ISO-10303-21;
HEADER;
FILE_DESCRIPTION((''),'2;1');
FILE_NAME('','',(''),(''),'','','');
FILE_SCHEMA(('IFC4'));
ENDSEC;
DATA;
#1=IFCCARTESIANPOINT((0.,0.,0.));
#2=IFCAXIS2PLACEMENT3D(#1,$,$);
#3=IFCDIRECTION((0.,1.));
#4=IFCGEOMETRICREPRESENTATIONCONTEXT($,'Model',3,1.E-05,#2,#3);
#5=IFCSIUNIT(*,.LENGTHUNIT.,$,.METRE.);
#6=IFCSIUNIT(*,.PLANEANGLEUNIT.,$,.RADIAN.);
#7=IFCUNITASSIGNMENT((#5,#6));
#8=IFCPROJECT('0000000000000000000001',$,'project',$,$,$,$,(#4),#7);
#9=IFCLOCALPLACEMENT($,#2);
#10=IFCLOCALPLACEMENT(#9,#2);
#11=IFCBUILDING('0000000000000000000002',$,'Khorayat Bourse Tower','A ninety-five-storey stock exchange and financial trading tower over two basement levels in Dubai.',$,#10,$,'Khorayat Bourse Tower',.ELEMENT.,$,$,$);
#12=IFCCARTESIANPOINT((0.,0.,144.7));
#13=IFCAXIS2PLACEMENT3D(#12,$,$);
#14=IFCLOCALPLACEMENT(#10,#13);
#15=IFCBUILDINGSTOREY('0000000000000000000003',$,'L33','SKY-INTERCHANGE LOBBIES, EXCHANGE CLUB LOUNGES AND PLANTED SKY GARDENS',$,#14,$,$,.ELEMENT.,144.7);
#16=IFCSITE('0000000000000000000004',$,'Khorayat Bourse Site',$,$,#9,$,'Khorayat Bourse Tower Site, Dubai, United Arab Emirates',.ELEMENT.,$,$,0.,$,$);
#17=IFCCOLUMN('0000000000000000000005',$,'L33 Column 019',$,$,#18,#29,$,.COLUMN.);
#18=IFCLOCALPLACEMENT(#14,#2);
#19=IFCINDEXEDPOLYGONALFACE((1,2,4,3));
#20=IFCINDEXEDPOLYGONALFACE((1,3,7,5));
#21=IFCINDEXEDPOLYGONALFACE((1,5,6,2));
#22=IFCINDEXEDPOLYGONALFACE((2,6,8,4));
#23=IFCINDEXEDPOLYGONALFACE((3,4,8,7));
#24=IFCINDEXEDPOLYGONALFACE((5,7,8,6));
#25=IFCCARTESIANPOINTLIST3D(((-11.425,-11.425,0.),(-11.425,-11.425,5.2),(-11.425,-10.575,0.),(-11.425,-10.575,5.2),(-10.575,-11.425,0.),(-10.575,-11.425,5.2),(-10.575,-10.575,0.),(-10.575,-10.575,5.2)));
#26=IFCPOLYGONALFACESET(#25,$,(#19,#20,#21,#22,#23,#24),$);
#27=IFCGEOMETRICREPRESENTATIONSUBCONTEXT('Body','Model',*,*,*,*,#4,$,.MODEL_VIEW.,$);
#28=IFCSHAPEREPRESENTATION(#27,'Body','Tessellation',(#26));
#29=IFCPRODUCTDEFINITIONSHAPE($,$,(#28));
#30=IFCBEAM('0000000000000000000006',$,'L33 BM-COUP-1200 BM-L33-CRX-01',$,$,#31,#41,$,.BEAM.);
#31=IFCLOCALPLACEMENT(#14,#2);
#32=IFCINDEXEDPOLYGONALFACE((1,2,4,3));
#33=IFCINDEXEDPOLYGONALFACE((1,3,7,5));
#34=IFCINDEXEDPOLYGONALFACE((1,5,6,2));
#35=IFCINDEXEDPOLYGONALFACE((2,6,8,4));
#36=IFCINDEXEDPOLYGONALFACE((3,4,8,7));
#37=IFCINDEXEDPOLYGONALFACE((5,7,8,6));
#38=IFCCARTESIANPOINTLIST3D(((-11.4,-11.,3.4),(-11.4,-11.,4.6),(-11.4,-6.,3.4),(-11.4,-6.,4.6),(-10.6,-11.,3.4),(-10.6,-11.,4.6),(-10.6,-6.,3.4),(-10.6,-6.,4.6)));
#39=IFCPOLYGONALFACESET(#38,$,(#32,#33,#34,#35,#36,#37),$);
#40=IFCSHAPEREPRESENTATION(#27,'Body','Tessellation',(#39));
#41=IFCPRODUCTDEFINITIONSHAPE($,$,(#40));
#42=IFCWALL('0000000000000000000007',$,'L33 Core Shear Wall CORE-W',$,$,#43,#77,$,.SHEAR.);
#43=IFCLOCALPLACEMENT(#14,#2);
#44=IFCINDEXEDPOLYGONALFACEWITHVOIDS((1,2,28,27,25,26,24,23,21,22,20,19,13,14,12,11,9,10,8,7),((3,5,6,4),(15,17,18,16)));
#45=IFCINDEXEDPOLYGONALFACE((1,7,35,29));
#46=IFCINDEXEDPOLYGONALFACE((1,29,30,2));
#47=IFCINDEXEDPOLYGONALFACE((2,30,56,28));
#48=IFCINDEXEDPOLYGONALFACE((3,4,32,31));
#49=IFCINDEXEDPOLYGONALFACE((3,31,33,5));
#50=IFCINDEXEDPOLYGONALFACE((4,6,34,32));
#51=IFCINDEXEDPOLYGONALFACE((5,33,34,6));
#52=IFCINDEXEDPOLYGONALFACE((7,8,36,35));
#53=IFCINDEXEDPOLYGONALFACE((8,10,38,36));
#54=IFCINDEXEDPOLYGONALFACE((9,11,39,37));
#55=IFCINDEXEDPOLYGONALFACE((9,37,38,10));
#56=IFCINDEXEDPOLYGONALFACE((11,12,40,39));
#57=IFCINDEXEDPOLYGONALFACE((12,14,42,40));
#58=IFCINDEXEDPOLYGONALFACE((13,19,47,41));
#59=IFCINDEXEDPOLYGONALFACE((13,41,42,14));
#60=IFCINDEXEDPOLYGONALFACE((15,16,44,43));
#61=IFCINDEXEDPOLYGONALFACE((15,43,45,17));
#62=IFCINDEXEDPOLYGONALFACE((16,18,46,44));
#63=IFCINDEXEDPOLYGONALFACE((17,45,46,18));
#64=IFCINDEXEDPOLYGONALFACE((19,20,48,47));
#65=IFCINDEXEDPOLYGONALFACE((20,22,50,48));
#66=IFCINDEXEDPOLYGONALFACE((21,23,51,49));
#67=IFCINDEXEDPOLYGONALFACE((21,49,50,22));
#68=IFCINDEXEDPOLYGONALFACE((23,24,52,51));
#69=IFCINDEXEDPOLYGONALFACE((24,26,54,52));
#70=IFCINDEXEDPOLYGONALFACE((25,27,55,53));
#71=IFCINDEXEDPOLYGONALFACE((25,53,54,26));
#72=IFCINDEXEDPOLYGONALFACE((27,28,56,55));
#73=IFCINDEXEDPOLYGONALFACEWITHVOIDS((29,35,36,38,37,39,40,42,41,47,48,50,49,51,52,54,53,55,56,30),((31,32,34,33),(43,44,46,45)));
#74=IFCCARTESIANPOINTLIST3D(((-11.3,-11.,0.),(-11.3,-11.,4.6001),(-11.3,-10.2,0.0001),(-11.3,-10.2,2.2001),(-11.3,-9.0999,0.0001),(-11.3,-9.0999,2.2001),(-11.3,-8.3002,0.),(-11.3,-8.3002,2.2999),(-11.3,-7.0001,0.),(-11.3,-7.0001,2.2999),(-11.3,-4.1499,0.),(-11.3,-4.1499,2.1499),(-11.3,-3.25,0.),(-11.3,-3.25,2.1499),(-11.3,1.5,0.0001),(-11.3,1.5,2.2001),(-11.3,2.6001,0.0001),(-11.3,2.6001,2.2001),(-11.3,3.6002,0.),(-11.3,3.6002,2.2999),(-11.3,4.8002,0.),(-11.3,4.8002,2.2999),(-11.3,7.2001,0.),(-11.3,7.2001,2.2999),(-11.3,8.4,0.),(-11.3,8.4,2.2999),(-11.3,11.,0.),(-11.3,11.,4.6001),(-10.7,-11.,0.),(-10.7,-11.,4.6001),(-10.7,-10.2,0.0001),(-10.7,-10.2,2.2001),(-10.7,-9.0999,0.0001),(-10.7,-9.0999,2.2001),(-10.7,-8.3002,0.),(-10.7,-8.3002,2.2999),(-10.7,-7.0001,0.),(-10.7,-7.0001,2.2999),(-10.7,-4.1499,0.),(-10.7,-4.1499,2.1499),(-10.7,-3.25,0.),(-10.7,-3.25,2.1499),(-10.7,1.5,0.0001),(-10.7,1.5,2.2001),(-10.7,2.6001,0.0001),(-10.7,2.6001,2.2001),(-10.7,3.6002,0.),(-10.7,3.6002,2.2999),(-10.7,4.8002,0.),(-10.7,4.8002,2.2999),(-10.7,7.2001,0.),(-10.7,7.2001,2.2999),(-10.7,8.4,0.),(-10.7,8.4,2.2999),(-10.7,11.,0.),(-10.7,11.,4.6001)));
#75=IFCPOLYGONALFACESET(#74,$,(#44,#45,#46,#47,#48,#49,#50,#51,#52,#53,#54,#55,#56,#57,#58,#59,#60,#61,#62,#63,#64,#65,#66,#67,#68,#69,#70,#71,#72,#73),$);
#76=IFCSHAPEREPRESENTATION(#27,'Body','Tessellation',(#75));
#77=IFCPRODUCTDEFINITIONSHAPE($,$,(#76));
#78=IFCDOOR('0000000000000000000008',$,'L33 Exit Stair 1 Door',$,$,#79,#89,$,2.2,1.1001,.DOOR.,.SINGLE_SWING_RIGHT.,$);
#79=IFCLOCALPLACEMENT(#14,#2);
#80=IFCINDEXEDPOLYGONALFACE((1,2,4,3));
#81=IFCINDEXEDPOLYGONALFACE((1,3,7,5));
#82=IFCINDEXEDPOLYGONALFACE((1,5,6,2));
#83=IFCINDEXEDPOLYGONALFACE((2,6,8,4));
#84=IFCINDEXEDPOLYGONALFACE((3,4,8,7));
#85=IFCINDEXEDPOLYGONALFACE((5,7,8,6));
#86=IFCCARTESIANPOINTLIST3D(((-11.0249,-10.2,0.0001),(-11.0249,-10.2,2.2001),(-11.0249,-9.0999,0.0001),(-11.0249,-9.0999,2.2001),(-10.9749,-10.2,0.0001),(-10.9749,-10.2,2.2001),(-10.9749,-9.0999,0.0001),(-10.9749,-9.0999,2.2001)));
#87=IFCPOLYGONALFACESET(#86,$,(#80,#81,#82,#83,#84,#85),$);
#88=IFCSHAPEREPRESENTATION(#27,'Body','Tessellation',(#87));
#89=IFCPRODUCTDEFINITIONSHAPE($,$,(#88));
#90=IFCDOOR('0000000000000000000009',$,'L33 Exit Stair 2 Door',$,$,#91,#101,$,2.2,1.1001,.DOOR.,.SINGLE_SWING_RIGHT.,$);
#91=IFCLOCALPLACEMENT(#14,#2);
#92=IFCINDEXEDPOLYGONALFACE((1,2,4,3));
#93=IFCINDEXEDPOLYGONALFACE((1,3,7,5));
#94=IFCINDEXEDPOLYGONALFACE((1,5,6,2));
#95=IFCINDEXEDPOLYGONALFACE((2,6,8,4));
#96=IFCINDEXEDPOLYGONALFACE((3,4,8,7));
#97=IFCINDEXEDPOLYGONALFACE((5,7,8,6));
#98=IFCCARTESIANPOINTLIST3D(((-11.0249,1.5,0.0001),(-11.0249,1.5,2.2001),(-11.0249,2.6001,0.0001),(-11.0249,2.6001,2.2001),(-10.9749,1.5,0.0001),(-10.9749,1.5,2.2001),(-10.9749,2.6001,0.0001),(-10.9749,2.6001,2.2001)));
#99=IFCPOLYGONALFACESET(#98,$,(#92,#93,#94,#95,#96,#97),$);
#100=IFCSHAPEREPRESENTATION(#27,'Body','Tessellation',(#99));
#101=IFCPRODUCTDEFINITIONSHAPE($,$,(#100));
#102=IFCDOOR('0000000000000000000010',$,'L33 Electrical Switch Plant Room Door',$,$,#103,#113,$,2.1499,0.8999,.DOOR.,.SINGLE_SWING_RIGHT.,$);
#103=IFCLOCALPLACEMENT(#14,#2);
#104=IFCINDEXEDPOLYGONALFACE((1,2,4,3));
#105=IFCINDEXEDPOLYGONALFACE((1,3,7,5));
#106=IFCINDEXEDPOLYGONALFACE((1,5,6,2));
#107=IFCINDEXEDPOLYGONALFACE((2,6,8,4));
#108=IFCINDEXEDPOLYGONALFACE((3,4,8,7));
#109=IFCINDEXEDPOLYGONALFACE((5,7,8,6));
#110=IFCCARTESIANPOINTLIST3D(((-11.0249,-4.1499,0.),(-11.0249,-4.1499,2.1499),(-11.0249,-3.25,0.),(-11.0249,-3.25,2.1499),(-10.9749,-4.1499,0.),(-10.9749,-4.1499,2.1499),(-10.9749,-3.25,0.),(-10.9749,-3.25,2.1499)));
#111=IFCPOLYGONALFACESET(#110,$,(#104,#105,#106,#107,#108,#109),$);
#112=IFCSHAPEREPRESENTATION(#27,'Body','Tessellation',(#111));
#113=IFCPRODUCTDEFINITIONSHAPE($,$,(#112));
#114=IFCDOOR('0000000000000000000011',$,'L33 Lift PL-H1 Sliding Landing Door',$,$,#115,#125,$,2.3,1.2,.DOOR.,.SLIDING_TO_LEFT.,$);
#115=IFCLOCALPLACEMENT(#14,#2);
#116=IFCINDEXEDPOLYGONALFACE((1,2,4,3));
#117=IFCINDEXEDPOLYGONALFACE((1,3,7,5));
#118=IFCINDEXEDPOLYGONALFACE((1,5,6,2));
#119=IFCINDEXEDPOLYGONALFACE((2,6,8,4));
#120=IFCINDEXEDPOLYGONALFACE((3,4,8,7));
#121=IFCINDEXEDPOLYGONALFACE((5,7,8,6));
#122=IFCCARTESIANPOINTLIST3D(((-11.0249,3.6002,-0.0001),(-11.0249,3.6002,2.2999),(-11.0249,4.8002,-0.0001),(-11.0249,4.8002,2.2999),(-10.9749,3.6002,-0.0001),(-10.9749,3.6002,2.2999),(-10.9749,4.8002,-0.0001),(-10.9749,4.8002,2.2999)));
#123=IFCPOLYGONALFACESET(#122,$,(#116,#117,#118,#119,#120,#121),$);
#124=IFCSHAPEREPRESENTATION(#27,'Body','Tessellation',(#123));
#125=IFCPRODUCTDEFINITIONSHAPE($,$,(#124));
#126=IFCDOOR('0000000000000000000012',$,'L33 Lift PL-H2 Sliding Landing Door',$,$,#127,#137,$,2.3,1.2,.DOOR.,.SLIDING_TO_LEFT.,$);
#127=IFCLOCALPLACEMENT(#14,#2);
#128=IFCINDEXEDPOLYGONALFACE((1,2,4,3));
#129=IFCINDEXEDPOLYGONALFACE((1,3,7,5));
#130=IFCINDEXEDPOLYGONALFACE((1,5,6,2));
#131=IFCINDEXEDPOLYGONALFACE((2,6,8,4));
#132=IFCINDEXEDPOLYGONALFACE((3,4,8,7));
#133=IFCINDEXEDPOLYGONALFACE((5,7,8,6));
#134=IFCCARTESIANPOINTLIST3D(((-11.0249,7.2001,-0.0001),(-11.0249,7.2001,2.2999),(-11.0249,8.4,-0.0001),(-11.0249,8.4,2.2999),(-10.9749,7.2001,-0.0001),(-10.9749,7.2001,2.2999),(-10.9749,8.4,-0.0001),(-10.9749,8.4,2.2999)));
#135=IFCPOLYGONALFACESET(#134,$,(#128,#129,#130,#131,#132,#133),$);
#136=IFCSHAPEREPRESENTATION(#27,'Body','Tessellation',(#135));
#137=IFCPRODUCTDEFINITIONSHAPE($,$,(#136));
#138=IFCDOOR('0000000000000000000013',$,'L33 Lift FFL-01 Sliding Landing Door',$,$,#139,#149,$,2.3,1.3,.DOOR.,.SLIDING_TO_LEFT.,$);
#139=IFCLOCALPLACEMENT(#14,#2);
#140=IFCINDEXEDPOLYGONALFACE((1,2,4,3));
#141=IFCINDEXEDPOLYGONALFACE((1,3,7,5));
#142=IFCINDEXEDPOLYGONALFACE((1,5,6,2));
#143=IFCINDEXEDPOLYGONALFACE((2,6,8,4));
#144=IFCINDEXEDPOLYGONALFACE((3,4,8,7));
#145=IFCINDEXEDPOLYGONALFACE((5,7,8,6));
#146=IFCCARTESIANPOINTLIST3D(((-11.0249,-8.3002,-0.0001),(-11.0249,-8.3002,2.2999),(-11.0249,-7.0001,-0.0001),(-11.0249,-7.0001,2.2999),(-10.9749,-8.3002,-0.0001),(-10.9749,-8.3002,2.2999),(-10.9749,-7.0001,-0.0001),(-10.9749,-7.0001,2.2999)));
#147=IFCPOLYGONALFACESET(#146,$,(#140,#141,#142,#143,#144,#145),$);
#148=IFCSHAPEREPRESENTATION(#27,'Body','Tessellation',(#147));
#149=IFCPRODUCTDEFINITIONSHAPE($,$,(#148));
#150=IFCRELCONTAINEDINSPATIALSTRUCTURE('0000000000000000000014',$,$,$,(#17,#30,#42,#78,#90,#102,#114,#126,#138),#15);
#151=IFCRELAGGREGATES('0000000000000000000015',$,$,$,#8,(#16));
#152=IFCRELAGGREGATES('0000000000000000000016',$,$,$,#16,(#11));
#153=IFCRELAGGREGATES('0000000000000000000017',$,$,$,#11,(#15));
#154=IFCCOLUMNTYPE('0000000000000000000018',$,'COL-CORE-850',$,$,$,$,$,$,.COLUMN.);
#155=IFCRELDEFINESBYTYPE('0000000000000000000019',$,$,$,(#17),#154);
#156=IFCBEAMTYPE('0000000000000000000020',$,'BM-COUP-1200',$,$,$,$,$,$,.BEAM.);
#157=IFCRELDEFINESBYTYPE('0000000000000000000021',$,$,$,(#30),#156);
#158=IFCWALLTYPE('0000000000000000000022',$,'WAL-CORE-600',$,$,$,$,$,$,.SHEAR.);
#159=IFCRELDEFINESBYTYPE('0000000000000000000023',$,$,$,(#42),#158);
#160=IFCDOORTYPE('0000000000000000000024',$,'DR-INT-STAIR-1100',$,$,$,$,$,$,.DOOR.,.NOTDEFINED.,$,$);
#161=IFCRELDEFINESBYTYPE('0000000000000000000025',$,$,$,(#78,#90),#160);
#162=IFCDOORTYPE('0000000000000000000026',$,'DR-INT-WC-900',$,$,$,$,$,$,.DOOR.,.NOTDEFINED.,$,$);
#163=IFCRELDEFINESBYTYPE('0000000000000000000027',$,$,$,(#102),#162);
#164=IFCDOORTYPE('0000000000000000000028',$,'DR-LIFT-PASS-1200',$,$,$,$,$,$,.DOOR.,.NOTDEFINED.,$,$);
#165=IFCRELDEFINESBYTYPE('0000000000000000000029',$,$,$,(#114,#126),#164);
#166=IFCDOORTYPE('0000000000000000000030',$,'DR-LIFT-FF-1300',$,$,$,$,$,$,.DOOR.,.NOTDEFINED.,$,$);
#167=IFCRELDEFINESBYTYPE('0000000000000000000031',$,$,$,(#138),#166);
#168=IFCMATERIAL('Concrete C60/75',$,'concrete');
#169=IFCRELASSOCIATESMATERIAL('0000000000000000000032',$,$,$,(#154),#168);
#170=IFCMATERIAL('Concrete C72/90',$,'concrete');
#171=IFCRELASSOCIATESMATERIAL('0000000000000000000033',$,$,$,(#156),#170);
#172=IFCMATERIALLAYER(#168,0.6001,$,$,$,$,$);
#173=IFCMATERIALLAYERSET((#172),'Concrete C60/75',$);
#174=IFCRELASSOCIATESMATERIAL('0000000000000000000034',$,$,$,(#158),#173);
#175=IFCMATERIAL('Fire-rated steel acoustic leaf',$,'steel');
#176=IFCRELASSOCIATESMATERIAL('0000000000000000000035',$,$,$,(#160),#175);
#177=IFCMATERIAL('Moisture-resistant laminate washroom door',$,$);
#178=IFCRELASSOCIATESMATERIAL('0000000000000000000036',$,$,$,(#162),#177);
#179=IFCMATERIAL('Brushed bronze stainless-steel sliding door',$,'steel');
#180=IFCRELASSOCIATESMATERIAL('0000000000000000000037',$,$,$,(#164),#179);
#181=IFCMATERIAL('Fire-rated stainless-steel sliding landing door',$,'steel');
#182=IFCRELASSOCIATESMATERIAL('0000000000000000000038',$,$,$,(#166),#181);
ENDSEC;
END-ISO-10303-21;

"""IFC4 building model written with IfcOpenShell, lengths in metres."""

from ifc_helpers import new_model, si_unit, direction, frame, frame_2d, origin, origin_2d, place, context, subcontext, project, spatial, rectangle, extrude, source, transform, mapped, material, layer, layer_set, material_profile, profile_set, type_object, element, fill, save


model = new_model("IFC4")

# Units and contexts
model_context = context("Model", 3, precision=1e-05, world=origin(), true_north=direction((0.0, 1.0)))
body_context = subcontext(model_context, "Body", "Model", "MODEL_VIEW")
ifc_project = project(units=[si_unit("LENGTHUNIT", "METRE"), si_unit("PLANEANGLEUNIT", "RADIAN")], contexts=[model_context])

# Site, building, storey
site_placement = place(None, origin())
site = spatial("IfcSite", under=ifc_project, at=site_placement, Name="Khorayat Bourse Site", LongName="Khorayat Bourse Tower Site, Dubai, United Arab Emirates", CompositionType="ELEMENT", RefElevation=0.0)
building_placement = place(site_placement, origin())
building = spatial("IfcBuilding", under=site, at=building_placement, Name="Khorayat Bourse Tower", Description="A ninety-five-storey stock exchange and financial trading tower over two basement levels in Dubai.", LongName="Khorayat Bourse Tower", CompositionType="ELEMENT")
storey_placement = place(building_placement, frame((0.0, 0.0, 144.7)))
storey = spatial("IfcBuildingStorey", under=building, at=storey_placement, Name="L33", Description="SKY-INTERCHANGE LOBBIES, EXCHANGE CLUB LOUNGES AND PLANTED SKY GARDENS", CompositionType="ELEMENT", Elevation=144.7)

# Column
ifc_material_1 = material(Name="Concrete C60/75", Category="concrete")
ifc_material_profile_1 = material_profile(ifc_material_1, rectangle(XDim=0.8501, YDim=0.8501, at=origin_2d()), Name="RC 850x850")
ifc_profile_set_1 = profile_set([ifc_material_profile_1], Name="Concrete C60/75")
column_type = type_object("IfcColumnType", Name="COL-CORE-850", PredefinedType="COLUMN", material=ifc_profile_set_1)
shared_shape_1 = source(origin(), body_context, "Body", "SweptSolid", [
    extrude(rectangle(XDim=0.8501, YDim=0.8501, at=origin_2d()), origin(), (0.0, 0.0, 1.0), 5.2),
])
column_placement = place(storey_placement, frame((-11.0, -11.0, 0.0), z_axis=(0.0, 0.0, 1.0), x_axis=(1.0, 0.0, 0.0)))
element("IfcColumn", 1, at=column_placement, inside=storey, type_object=column_type, Name="L33 Column 019", PredefinedType="COLUMN", context=body_context, shape_type="MappedRepresentation", body=[
    mapped(shared_shape_1, transform((0.0, 0.0, 0.0), scale=1.0)),
])

# Beam
ifc_material_2 = material(Name="Concrete C72/90", Category="concrete")
ifc_material_profile_2 = material_profile(ifc_material_2, rectangle(XDim=0.8, YDim=1.2, at=origin_2d()), Name="RC 800x1200")
ifc_profile_set_2 = profile_set([ifc_material_profile_2], Name="Concrete C72/90")
beam_type = type_object("IfcBeamType", Name="BM-COUP-1200", PredefinedType="BEAM", material=ifc_profile_set_2)
shared_shape_2 = source(origin(), body_context, "Body", "SweptSolid", [
    extrude(rectangle(XDim=0.8, YDim=1.2, at=origin_2d()), origin(), (0.0, 0.0, 1.0), 5.0),
])
beam_placement = place(storey_placement, frame((-11.0, -11.0, 4.0), z_axis=(0.0, 1.0, 0.0), x_axis=(-1.0, 0.0, 0.0)))
element("IfcBeam", 2, at=beam_placement, inside=storey, type_object=beam_type, Name="L33 BM-COUP-1200 BM-L33-CRX-01", PredefinedType="BEAM", context=body_context, shape_type="MappedRepresentation", body=[
    mapped(shared_shape_2, transform((0.0, 0.0, 0.0), scale=1.0)),
])

# Wall, openings, doors
ifc_layer_1 = layer(ifc_material_1, 0.6001)
ifc_layer_set_1 = layer_set([ifc_layer_1], Name="Concrete C60/75")
wall_type_1 = type_object("IfcWallType", Name="WAL-CORE-600", PredefinedType="SHEAR", material=ifc_layer_set_1)
shared_shape_3 = source(origin(), body_context, "Body", "SweptSolid", [
    extrude(rectangle(XDim=22.0, YDim=0.6001, at=frame_2d((11.0, 0.0))), origin(), (0.0, 0.0, 1.0), 4.6001),
])
wall_1_placement = place(storey_placement, frame((-11.0, -11.0, 0.0), z_axis=(0.0, 0.0, 1.0), x_axis=(0.0, 1.0, 0.0)))
wall_1 = element("IfcWall", 3, at=wall_1_placement, inside=storey, type_object=wall_type_1, Name="L33 Core Shear Wall CORE-W", PredefinedType="SHEAR", context=body_context, shape_type="MappedRepresentation", body=[
    mapped(shared_shape_3, transform((0.0, 0.0, 0.0), scale=1.0)),
])
shared_shape_4 = source(origin(), body_context, "Body", "SweptSolid", [
    extrude(rectangle(XDim=1.1001, YDim=2.2, at=frame_2d((0.55, 1.1001))), frame((0.0, 0.3101, 0.0), z_axis=(0.0, -1.0, 0.0), x_axis=(1.0, 0.0, 0.0)), (0.0, 0.0, 1.0), 0.6201),
])
opening_1_placement = place(wall_1_placement, frame((0.8, 0.0, 0.0)))
opening_1 = element("IfcOpeningElement", 4, at=opening_1_placement, cuts=wall_1, PredefinedType="OPENING", context=body_context, shape_type="MappedRepresentation", body=[
    mapped(shared_shape_4, transform((0.0, 0.0, 0.0), scale=1.0)),
])
opening_2_placement = place(wall_1_placement, frame((12.5, 0.0, 0.0)))
opening_2 = element("IfcOpeningElement", 5, at=opening_2_placement, cuts=wall_1, PredefinedType="OPENING", context=body_context, shape_type="MappedRepresentation", body=[
    mapped(shared_shape_4, transform((0.0, 0.0, 0.0), scale=1.0)),
])
shared_shape_5 = source(origin(), body_context, "Body", "SweptSolid", [
    extrude(rectangle(XDim=0.8999, YDim=2.1499, at=frame_2d((0.45, 1.075))), frame((0.0, 0.3101, 0.0), z_axis=(0.0, -1.0, 0.0), x_axis=(1.0, 0.0, 0.0)), (0.0, 0.0, 1.0), 0.6201),
])
opening_3_placement = place(wall_1_placement, frame((6.8501, 0.0, 0.0)))
opening_3 = element("IfcOpeningElement", 6, at=opening_3_placement, cuts=wall_1, PredefinedType="OPENING", context=body_context, shape_type="MappedRepresentation", body=[
    mapped(shared_shape_5, transform((0.0, 0.0, 0.0), scale=1.0)),
])
shared_shape_6 = source(origin(), body_context, "Body", "SweptSolid", [
    extrude(rectangle(XDim=1.2, YDim=2.3, at=frame_2d((0.6001, 1.1499))), frame((0.0, 0.3101, 0.0), z_axis=(0.0, -1.0, 0.0), x_axis=(1.0, 0.0, 0.0)), (0.0, 0.0, 1.0), 0.6201),
])
opening_4_placement = place(wall_1_placement, frame((14.6001, 0.0, 0.0)))
opening_4 = element("IfcOpeningElement", 7, at=opening_4_placement, cuts=wall_1, PredefinedType="OPENING", context=body_context, shape_type="MappedRepresentation", body=[
    mapped(shared_shape_6, transform((0.0, 0.0, 0.0), scale=1.0)),
])
opening_5_placement = place(wall_1_placement, frame((18.2, 0.0, 0.0)))
opening_5 = element("IfcOpeningElement", 8, at=opening_5_placement, cuts=wall_1, PredefinedType="OPENING", context=body_context, shape_type="MappedRepresentation", body=[
    mapped(shared_shape_6, transform((0.0, 0.0, 0.0), scale=1.0)),
])
shared_shape_7 = source(origin(), body_context, "Body", "SweptSolid", [
    extrude(rectangle(XDim=1.3, YDim=2.3, at=frame_2d((0.6499, 1.1499))), frame((0.0, 0.3101, 0.0), z_axis=(0.0, -1.0, 0.0), x_axis=(1.0, 0.0, 0.0)), (0.0, 0.0, 1.0), 0.6201),
])
opening_6_placement = place(wall_1_placement, frame((2.7, 0.0, 0.0)))
opening_6 = element("IfcOpeningElement", 9, at=opening_6_placement, cuts=wall_1, PredefinedType="OPENING", context=body_context, shape_type="MappedRepresentation", body=[
    mapped(shared_shape_7, transform((0.0, 0.0, 0.0), scale=1.0)),
])
ifc_material_3 = material(Name="Fire-rated steel acoustic leaf", Category="steel")
door_type_1 = type_object("IfcDoorType", Name="DR-INT-STAIR-1100", OperationType="NOTDEFINED", PredefinedType="DOOR", material=ifc_material_3)
shared_shape_8 = source(origin(), body_context, "Body", "SweptSolid", [
    extrude(rectangle(XDim=1.1001, YDim=2.2, at=frame_2d((0.55, 1.1001))), frame((0.0, 0.0249, 0.0), z_axis=(0.0, -1.0, 0.0), x_axis=(1.0, 0.0, 0.0)), (0.0, 0.0, 1.0), 0.05),
])
door_1_placement = place(opening_1_placement, origin())
door_1 = element("IfcDoor", 10, at=door_1_placement, inside=storey, type_object=door_type_1, Name="L33 Exit Stair 1 Door", OperationType="SINGLE_SWING_RIGHT", OverallHeight=2.2, OverallWidth=1.1001, PredefinedType="DOOR", context=body_context, shape_type="MappedRepresentation", body=[
    mapped(shared_shape_8, transform((0.0, 0.0, 0.0), scale=1.0)),
])
fill(opening_1, door_1)
door_2_placement = place(opening_2_placement, origin())
door_2 = element("IfcDoor", 11, at=door_2_placement, inside=storey, type_object=door_type_1, Name="L33 Exit Stair 2 Door", OperationType="SINGLE_SWING_RIGHT", OverallHeight=2.2, OverallWidth=1.1001, PredefinedType="DOOR", context=body_context, shape_type="MappedRepresentation", body=[
    mapped(shared_shape_8, transform((0.0, 0.0, 0.0), scale=1.0)),
])
fill(opening_2, door_2)
ifc_material_4 = material(Name="Moisture-resistant laminate washroom door")
door_type_2 = type_object("IfcDoorType", Name="DR-INT-WC-900", OperationType="NOTDEFINED", PredefinedType="DOOR", material=ifc_material_4)
shared_shape_9 = source(origin(), body_context, "Body", "SweptSolid", [
    extrude(rectangle(XDim=0.8999, YDim=2.1499, at=frame_2d((0.45, 1.075))), frame((0.0, 0.0249, 0.0), z_axis=(0.0, -1.0, 0.0), x_axis=(1.0, 0.0, 0.0)), (0.0, 0.0, 1.0), 0.05),
])
door_3_placement = place(opening_3_placement, origin())
door_3 = element("IfcDoor", 12, at=door_3_placement, inside=storey, type_object=door_type_2, Name="L33 Electrical Switch Plant Room Door", OperationType="SINGLE_SWING_RIGHT", OverallHeight=2.1499, OverallWidth=0.8999, PredefinedType="DOOR", context=body_context, shape_type="MappedRepresentation", body=[
    mapped(shared_shape_9, transform((0.0, 0.0, 0.0), scale=1.0)),
])
fill(opening_3, door_3)
ifc_material_5 = material(Name="Brushed bronze stainless-steel sliding door", Category="steel")
door_type_3 = type_object("IfcDoorType", Name="DR-LIFT-PASS-1200", OperationType="NOTDEFINED", PredefinedType="DOOR", material=ifc_material_5)
shared_shape_10 = source(origin(), body_context, "Body", "SweptSolid", [
    extrude(rectangle(XDim=1.2, YDim=2.3, at=frame_2d((0.6001, 1.1499))), frame((0.0, 0.0249, 0.0), z_axis=(0.0, -1.0, 0.0), x_axis=(1.0, 0.0, 0.0)), (0.0, 0.0, 1.0), 0.05),
])
door_4_placement = place(opening_4_placement, origin())
door_4 = element("IfcDoor", 13, at=door_4_placement, inside=storey, type_object=door_type_3, Name="L33 Lift PL-H1 Sliding Landing Door", OperationType="SLIDING_TO_LEFT", OverallHeight=2.3, OverallWidth=1.2, PredefinedType="DOOR", context=body_context, shape_type="MappedRepresentation", body=[
    mapped(shared_shape_10, transform((0.0, 0.0, 0.0), scale=1.0)),
])
fill(opening_4, door_4)
door_5_placement = place(opening_5_placement, origin())
door_5 = element("IfcDoor", 14, at=door_5_placement, inside=storey, type_object=door_type_3, Name="L33 Lift PL-H2 Sliding Landing Door", OperationType="SLIDING_TO_LEFT", OverallHeight=2.3, OverallWidth=1.2, PredefinedType="DOOR", context=body_context, shape_type="MappedRepresentation", body=[
    mapped(shared_shape_10, transform((0.0, 0.0, 0.0), scale=1.0)),
])
fill(opening_5, door_5)
ifc_material_6 = material(Name="Fire-rated stainless-steel sliding landing door", Category="steel")
door_type_4 = type_object("IfcDoorType", Name="DR-LIFT-FF-1300", OperationType="NOTDEFINED", PredefinedType="DOOR", material=ifc_material_6)
shared_shape_11 = source(origin(), body_context, "Body", "SweptSolid", [
    extrude(rectangle(XDim=1.3, YDim=2.3, at=frame_2d((0.6499, 1.1499))), frame((0.0, 0.0249, 0.0), z_axis=(0.0, -1.0, 0.0), x_axis=(1.0, 0.0, 0.0)), (0.0, 0.0, 1.0), 0.05),
])
door_6_placement = place(opening_6_placement, origin())
door_6 = element("IfcDoor", 15, at=door_6_placement, inside=storey, type_object=door_type_4, Name="L33 Lift FFL-01 Sliding Landing Door", OperationType="SLIDING_TO_LEFT", OverallHeight=2.3, OverallWidth=1.3, PredefinedType="DOOR", context=body_context, shape_type="MappedRepresentation", body=[
    mapped(shared_shape_11, transform((0.0, 0.0, 0.0), scale=1.0)),
])
fill(opening_6, door_6)

save(model, "model.ifc")
